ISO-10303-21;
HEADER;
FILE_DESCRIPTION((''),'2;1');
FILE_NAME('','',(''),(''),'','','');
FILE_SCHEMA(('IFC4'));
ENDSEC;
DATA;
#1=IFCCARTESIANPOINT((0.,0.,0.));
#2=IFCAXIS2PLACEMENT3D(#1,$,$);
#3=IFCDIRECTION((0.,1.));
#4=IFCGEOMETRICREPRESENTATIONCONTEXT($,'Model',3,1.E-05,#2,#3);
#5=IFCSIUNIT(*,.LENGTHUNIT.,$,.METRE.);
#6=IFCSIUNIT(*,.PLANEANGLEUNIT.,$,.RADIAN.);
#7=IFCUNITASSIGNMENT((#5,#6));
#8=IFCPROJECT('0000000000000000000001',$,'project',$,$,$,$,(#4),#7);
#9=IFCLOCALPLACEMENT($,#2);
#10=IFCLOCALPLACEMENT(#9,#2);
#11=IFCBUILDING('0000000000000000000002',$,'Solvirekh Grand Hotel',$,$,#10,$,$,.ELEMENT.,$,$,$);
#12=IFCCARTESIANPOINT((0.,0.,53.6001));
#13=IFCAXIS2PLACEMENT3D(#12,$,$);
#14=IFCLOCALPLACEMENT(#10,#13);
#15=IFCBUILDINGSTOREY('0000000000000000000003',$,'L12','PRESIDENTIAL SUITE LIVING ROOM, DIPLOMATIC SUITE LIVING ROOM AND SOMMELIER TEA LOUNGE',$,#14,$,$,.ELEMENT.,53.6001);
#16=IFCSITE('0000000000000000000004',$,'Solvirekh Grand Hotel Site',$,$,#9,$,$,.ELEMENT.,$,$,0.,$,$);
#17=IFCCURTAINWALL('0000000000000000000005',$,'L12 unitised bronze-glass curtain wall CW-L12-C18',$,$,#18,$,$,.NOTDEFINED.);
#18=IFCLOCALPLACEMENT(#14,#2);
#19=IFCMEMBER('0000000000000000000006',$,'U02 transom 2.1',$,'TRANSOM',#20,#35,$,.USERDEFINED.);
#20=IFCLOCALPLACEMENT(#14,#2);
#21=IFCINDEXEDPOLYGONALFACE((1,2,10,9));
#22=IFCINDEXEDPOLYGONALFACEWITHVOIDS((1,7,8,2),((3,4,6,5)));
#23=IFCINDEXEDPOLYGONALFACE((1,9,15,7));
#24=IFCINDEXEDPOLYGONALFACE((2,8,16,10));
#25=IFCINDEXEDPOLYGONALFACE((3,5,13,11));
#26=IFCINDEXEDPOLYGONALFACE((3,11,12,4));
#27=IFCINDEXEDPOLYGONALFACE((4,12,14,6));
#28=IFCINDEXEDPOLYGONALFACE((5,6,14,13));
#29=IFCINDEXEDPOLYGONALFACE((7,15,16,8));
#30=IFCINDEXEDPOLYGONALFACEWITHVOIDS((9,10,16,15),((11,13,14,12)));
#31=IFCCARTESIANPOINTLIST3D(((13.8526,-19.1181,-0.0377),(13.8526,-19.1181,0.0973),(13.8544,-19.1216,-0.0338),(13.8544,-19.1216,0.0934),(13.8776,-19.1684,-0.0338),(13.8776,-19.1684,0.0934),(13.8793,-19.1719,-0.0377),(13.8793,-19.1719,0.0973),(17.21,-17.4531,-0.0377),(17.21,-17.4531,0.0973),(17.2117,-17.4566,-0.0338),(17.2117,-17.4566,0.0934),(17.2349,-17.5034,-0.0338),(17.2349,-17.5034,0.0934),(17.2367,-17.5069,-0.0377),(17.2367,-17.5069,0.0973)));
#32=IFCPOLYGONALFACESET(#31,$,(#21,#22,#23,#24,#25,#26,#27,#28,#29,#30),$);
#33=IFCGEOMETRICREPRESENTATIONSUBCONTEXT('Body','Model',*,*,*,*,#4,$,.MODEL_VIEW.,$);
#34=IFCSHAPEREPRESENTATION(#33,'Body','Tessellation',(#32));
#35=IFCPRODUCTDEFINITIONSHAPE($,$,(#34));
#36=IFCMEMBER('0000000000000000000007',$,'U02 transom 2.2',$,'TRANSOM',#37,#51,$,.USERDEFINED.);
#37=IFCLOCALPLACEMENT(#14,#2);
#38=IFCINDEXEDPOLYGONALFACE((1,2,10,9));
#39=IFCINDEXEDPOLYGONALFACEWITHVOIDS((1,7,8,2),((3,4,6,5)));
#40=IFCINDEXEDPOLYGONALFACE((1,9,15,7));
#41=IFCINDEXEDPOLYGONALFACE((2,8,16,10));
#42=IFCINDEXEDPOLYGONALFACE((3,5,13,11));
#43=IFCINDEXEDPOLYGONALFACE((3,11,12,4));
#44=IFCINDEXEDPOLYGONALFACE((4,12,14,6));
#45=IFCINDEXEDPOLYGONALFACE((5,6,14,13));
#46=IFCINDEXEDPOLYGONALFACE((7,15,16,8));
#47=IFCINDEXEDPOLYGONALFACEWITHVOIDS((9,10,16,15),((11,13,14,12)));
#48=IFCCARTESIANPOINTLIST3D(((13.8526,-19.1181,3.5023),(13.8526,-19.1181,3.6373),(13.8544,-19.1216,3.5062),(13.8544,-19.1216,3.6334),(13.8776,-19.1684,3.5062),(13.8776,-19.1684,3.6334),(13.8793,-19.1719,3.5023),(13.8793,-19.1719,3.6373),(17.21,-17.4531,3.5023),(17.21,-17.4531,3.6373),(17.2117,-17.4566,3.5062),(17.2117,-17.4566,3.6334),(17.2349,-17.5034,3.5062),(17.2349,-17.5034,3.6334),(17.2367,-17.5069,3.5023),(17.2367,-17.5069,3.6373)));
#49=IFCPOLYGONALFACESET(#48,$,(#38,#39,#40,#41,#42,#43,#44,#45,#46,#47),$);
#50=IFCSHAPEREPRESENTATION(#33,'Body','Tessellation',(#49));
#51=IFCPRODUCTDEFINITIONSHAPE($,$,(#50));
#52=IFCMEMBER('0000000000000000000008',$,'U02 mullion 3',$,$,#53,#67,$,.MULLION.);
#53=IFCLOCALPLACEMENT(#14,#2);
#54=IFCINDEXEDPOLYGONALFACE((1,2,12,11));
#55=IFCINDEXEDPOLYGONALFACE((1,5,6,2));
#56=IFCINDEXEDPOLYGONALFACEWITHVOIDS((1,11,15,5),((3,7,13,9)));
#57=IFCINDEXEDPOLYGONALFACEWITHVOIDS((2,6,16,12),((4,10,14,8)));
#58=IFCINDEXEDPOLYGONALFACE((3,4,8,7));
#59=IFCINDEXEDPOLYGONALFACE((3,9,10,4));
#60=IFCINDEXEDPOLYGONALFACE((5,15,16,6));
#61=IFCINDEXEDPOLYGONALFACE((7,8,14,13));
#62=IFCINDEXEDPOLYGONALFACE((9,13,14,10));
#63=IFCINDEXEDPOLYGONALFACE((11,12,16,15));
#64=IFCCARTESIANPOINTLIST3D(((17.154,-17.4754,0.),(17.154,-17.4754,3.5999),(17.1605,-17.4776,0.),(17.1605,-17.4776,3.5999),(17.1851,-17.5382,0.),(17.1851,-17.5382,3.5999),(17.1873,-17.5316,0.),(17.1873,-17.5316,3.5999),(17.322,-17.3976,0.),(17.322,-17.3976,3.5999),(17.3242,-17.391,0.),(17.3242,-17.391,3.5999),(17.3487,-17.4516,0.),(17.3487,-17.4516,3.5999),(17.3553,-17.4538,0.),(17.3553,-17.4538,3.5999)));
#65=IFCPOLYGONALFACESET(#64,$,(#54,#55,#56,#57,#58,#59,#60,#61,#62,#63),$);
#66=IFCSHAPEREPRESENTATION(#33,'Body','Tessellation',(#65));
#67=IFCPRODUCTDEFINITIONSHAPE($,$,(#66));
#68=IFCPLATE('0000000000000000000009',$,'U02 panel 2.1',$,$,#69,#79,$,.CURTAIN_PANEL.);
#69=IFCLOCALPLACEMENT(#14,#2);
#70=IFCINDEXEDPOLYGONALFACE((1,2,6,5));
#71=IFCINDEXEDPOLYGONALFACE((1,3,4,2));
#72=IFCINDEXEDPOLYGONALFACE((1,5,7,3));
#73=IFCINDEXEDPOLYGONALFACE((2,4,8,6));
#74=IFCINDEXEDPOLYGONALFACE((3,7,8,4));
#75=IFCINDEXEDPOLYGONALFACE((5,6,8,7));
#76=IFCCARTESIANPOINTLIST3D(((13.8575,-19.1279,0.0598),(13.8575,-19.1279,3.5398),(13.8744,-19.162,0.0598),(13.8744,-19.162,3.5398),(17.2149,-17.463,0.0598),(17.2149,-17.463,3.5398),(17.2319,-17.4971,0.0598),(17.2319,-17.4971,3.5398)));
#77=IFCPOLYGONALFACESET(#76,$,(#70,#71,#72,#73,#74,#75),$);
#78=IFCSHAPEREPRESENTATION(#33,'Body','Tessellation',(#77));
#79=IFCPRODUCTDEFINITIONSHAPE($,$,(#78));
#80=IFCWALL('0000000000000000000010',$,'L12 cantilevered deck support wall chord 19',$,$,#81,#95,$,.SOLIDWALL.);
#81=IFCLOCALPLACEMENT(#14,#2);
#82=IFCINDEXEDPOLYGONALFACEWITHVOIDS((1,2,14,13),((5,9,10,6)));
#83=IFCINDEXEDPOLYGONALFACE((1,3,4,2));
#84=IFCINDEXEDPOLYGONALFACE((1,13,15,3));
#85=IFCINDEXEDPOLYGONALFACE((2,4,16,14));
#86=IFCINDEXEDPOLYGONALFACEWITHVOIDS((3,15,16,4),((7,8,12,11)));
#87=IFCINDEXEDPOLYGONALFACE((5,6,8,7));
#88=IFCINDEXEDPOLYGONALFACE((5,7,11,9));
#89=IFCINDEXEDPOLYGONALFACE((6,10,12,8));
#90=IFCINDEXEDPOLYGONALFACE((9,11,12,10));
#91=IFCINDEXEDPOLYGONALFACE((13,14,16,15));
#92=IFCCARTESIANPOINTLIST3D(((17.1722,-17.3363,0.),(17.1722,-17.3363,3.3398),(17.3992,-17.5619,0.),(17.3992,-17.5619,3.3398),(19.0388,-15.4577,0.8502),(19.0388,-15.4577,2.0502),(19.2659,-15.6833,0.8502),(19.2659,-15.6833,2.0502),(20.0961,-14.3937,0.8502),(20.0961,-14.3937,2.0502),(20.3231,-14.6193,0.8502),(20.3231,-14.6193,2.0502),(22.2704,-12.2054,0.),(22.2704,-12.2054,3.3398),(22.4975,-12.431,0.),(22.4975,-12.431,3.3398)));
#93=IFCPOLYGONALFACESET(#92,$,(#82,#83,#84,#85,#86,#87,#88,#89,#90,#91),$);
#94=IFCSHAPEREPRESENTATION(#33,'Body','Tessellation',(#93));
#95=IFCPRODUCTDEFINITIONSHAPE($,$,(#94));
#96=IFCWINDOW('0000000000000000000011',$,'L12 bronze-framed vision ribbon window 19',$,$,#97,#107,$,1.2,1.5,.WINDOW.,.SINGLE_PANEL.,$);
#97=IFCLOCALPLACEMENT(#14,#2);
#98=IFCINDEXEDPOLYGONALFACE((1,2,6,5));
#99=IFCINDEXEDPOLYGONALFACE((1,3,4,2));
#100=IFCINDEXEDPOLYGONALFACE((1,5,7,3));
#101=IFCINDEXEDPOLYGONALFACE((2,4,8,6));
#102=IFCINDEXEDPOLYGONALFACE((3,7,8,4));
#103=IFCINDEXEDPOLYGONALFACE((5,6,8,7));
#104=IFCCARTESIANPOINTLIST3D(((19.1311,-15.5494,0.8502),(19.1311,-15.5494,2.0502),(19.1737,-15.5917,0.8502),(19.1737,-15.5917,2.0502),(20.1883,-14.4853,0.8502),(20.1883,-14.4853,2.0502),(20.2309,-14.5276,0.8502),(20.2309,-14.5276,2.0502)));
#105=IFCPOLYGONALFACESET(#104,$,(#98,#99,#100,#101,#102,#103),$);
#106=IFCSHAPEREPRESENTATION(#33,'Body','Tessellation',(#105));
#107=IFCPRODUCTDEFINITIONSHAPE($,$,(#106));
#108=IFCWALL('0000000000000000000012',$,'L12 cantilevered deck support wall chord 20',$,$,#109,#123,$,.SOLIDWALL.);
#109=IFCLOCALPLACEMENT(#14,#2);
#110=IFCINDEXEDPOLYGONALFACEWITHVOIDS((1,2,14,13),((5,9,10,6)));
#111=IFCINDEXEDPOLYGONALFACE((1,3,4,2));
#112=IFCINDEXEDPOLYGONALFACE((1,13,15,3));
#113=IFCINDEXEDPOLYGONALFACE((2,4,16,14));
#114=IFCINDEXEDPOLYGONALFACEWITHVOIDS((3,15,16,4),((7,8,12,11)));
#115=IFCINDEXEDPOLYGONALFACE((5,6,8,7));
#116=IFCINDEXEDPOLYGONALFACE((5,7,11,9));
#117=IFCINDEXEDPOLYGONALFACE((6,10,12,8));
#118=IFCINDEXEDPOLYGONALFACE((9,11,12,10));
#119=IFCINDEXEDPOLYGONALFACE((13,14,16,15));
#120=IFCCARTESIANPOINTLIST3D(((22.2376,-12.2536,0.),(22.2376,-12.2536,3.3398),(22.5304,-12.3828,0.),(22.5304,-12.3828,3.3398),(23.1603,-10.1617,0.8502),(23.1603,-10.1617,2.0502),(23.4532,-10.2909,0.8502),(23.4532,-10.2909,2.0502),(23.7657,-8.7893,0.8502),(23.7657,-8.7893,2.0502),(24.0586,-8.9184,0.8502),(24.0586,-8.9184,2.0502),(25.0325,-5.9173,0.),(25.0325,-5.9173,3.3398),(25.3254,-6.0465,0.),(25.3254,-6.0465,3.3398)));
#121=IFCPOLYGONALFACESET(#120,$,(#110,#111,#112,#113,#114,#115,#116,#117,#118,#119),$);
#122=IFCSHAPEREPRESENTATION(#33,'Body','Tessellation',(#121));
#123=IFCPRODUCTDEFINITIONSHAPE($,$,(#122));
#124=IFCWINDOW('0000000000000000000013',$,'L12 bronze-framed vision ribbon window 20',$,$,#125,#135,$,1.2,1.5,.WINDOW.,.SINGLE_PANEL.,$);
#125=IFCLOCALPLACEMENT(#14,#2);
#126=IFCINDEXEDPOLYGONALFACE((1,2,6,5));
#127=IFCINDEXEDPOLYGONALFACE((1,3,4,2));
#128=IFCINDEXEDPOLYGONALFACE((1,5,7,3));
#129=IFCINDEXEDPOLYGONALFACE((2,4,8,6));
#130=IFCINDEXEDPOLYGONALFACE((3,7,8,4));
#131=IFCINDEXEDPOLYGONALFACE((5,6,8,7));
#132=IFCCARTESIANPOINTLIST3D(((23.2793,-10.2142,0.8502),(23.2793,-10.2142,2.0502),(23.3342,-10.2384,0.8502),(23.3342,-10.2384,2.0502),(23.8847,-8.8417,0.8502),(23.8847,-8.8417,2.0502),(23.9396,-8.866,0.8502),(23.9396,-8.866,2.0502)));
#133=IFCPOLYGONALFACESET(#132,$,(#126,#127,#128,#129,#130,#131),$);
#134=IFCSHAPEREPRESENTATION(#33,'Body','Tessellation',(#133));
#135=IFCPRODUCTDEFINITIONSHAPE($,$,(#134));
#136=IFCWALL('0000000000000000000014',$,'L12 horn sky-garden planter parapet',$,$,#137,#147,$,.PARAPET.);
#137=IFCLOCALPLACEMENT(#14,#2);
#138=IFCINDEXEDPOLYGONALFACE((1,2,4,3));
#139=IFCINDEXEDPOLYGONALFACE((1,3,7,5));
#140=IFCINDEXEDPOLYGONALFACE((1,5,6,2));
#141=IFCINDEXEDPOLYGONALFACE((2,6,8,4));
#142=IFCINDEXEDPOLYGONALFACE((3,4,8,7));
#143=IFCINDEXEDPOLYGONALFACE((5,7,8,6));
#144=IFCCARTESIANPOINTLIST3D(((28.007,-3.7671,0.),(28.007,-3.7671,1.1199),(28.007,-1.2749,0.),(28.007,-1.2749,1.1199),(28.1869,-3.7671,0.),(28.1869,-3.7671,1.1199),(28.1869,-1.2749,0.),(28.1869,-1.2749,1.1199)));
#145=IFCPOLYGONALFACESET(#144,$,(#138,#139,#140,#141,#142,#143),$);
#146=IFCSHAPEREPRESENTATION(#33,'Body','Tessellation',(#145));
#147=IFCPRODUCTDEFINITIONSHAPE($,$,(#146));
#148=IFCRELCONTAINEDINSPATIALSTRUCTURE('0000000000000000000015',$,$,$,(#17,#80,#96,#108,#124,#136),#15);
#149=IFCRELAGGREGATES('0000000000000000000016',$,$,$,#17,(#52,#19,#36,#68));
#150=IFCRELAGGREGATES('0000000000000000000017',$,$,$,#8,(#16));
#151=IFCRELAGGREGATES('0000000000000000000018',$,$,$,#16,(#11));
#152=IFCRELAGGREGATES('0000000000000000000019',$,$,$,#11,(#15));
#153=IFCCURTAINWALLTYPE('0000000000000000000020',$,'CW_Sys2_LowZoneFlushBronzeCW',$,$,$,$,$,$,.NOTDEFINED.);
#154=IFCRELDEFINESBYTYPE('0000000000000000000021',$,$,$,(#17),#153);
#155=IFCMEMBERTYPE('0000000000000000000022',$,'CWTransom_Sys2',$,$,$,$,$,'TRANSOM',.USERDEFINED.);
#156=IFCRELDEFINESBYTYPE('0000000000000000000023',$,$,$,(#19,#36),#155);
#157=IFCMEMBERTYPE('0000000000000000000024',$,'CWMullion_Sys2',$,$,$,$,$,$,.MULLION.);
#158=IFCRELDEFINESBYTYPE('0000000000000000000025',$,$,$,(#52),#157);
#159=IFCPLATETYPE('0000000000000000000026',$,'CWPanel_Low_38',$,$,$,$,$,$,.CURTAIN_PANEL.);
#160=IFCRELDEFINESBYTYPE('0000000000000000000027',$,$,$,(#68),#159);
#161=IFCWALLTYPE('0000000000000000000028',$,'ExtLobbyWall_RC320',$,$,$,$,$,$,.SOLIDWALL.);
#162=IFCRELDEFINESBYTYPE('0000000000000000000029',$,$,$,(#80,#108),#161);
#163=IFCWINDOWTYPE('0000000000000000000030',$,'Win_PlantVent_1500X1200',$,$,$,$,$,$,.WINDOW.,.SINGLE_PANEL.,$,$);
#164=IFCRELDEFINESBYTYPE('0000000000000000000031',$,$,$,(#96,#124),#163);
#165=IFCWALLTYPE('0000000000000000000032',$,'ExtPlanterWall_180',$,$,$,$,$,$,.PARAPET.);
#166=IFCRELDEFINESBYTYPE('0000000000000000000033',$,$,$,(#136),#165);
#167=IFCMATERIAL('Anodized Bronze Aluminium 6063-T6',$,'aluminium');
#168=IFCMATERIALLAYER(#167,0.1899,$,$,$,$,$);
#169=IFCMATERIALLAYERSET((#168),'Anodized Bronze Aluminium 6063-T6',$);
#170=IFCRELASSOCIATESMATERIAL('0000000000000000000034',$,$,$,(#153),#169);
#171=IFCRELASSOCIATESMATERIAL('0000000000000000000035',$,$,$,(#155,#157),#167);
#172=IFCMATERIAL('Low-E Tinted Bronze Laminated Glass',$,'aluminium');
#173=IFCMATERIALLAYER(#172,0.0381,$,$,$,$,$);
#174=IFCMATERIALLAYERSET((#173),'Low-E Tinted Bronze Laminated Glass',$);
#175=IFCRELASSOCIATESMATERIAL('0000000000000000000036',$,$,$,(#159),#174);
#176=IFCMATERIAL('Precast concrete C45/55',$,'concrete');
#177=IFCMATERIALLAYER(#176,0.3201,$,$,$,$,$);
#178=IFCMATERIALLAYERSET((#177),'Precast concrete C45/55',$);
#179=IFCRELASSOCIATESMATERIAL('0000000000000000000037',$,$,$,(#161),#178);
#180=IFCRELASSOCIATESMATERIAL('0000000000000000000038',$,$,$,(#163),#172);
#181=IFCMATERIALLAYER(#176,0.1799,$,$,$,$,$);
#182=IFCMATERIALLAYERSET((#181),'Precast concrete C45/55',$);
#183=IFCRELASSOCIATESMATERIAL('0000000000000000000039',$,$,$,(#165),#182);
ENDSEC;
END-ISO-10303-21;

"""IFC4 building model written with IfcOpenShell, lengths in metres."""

from ifc_helpers import new_model, si_unit, direction, frame, frame_2d, origin, origin_2d, place, context, subcontext, project, spatial, rectangle, hollow_rectangle, extrude, source, transform, mapped, material, layer, layer_set, material_profile, profile_set, type_object, element, fill, aggregate, save


model = new_model("IFC4")

# Units and contexts
model_context = context("Model", 3, precision=1e-05, world=origin(), true_north=direction((0.0, 1.0)))
body_context = subcontext(model_context, "Body", "Model", "MODEL_VIEW")
ifc_project = project(units=[si_unit("LENGTHUNIT", "METRE"), si_unit("PLANEANGLEUNIT", "RADIAN")], contexts=[model_context])

# Site, building, storey
site_placement = place(None, origin())
site = spatial("IfcSite", under=ifc_project, at=site_placement, Name="Solvirekh Grand Hotel Site", CompositionType="ELEMENT", RefElevation=0.0)
building_placement = place(site_placement, origin())
building = spatial("IfcBuilding", under=site, at=building_placement, Name="Solvirekh Grand Hotel", CompositionType="ELEMENT")
storey_placement = place(building_placement, frame((0.0, 0.0, 53.6001)))
storey = spatial("IfcBuildingStorey", under=building, at=storey_placement, Name="L12", Description="PRESIDENTIAL SUITE LIVING ROOM, DIPLOMATIC SUITE LIVING ROOM AND SOMMELIER TEA LOUNGE", CompositionType="ELEMENT", Elevation=53.6001)

# Curtain wall, members, plate
ifc_material_1 = material(Name="Anodized Bronze Aluminium 6063-T6", Category="aluminium")
ifc_layer_1 = layer(ifc_material_1, 0.1899)
ifc_layer_set_1 = layer_set([ifc_layer_1], Name="Anodized Bronze Aluminium 6063-T6")
curtain_wall_type = type_object("IfcCurtainWallType", Name="CW_Sys2_LowZoneFlushBronzeCW", PredefinedType="NOTDEFINED", material=ifc_layer_set_1)
curtain_wall_placement = place(storey_placement, origin())
curtain_wall = element("IfcCurtainWall", 1, at=curtain_wall_placement, inside=storey, type_object=curtain_wall_type, Name="L12 unitised bronze-glass curtain wall CW-L12-C18", PredefinedType="NOTDEFINED")
ifc_material_profile_1 = material_profile(ifc_material_1, hollow_rectangle(XDim=0.0601, YDim=0.135, WallThickness=0.0039, at=origin_2d()), Name="ALU RHS 135X60X4")
ifc_profile_set_1 = profile_set([ifc_material_profile_1], Name="Anodized Bronze Aluminium 6063-T6")
member_type_1 = type_object("IfcMemberType", Name="CWTransom_Sys2", ElementType="TRANSOM", PredefinedType="USERDEFINED", material=ifc_profile_set_1)
shared_shape_1 = source(origin(), body_context, "Body", "SweptSolid", [
    extrude(hollow_rectangle(XDim=0.0601, YDim=0.135, WallThickness=0.0039, at=origin_2d()), origin(), (0.0, 0.0, 1.0), 3.7476),
])
member_1_placement = place(storey_placement, frame((13.866, -19.145, 0.0298), z_axis=(0.895882, 0.444293, 0.0), x_axis=(-0.444293, 0.895882, 0.0)))
member_1 = element("IfcMember", 2, at=member_1_placement, type_object=member_type_1, Name="U02 transom 2.1", ObjectType="TRANSOM", PredefinedType="USERDEFINED", context=body_context, shape_type="MappedRepresentation", body=[
    mapped(shared_shape_1, transform((0.0, 0.0, 0.0), x_axis=(1.0, 0.0, 0.0), y_axis=(0.0, 1.0, 0.0), z_axis=(0.0, 0.0, 1.0), scale=1.0)),
])
member_2_placement = place(storey_placement, frame((13.866, -19.145, 3.5698), z_axis=(0.895882, 0.444293, 0.0), x_axis=(-0.444293, 0.895882, 0.0)))
member_2 = element("IfcMember", 3, at=member_2_placement, type_object=member_type_1, Name="U02 transom 2.2", ObjectType="TRANSOM", PredefinedType="USERDEFINED", context=body_context, shape_type="MappedRepresentation", body=[
    mapped(shared_shape_1, transform((0.0, 0.0, 0.0), x_axis=(1.0, 0.0, 0.0), y_axis=(0.0, 1.0, 0.0), z_axis=(0.0, 0.0, 1.0), scale=1.0)),
])
ifc_material_profile_2 = material_profile(ifc_material_1, hollow_rectangle(XDim=0.0701, YDim=0.1899, WallThickness=0.0049, at=origin_2d()), Name="ALU RHS 190X70X5")
ifc_profile_set_2 = profile_set([ifc_material_profile_2], Name="Anodized Bronze Aluminium 6063-T6")
member_type_2 = type_object("IfcMemberType", Name="CWMullion_Sys2", PredefinedType="MULLION", material=ifc_profile_set_2)
shared_shape_2 = source(origin(), body_context, "Body", "SweptSolid", [
    extrude(hollow_rectangle(XDim=0.0701, YDim=0.1899, WallThickness=0.0049, at=origin_2d()), origin(), (0.0, 0.0, 1.0), 3.5999),
])
member_3_placement = place(storey_placement, frame((17.2546, -17.4646, 0.0), z_axis=(0.0, 0.0, 1.0), x_axis=(-0.444252, 0.895902, 0.0)))
member_3 = element("IfcMember", 4, at=member_3_placement, type_object=member_type_2, Name="U02 mullion 3", PredefinedType="MULLION", context=body_context, shape_type="MappedRepresentation", body=[
    mapped(shared_shape_2, transform((0.0, 0.0, 0.0), x_axis=(1.0, 0.0, 0.0), y_axis=(0.0, 1.0, 0.0), z_axis=(0.0, 0.0, 1.0), scale=1.0)),
])
ifc_material_2 = material(Name="Low-E Tinted Bronze Laminated Glass", Category="aluminium")
ifc_layer_2 = layer(ifc_material_2, 0.0381)
ifc_layer_set_2 = layer_set([ifc_layer_2], Name="Low-E Tinted Bronze Laminated Glass")
plate_type = type_object("IfcPlateType", Name="CWPanel_Low_38", PredefinedType="CURTAIN_PANEL", material=ifc_layer_set_2)
shared_shape_3 = source(origin(), body_context, "Body", "SweptSolid", [
    extrude(rectangle(XDim=3.7476, YDim=0.0381, at=origin_2d()), origin(), (0.0, 0.0, 1.0), 3.48),
])
plate_placement = place(storey_placement, frame((15.5447, -18.3125, 0.0598), z_axis=(0.0, 0.0, 1.0), x_axis=(0.895902, 0.444252, 0.0)))
plate = element("IfcPlate", 5, at=plate_placement, type_object=plate_type, Name="U02 panel 2.1", PredefinedType="CURTAIN_PANEL", context=body_context, shape_type="MappedRepresentation", body=[
    mapped(shared_shape_3, transform((0.0, 0.0, 0.0), x_axis=(1.0, 0.0, 0.0), y_axis=(0.0, 1.0, 0.0), z_axis=(0.0, 0.0, 1.0), scale=1.0)),
])
aggregate(curtain_wall, [member_3, member_1, member_2, plate])

# Walls, openings, windows
ifc_material_3 = material(Name="Precast concrete C45/55", Category="concrete")
ifc_layer_3 = layer(ifc_material_3, 0.3201)
ifc_layer_set_3 = layer_set([ifc_layer_3], Name="Precast concrete C45/55")
wall_type_1 = type_object("IfcWallType", Name="ExtLobbyWall_RC320", PredefinedType="SOLIDWALL", material=ifc_layer_set_3)
wall_1_placement = place(storey_placement, frame((22.384, -12.3181, 0.0), z_axis=(0.0, 0.0, 1.0), x_axis=(-0.704842, -0.709365, 0.0)))
wall_1 = element("IfcWall", 6, at=wall_1_placement, inside=storey, type_object=wall_type_1, Name="L12 cantilevered deck support wall chord 19", PredefinedType="SOLIDWALL", context=body_context, shape_type="SweptSolid", body=[
    extrude(rectangle(XDim=7.2332, YDim=0.3201, at=frame_2d((3.6167, 0.0))), origin(), (0.0, 0.0, 1.0), 3.3398),
])
opening_1_placement = place(wall_1_placement, frame((3.085, 0.0, 0.8501)))
opening_1 = element("IfcOpeningElement", 7, at=opening_1_placement, cuts=wall_1, PredefinedType="OPENING", context=body_context, shape_type="SweptSolid", body=[
    extrude(rectangle(XDim=1.5, YDim=1.2, at=frame_2d((0.75, 0.6001))), frame((0.0, 0.1699, 0.0), z_axis=(0.0, -1.0, 0.0), x_axis=(1.0, 0.0, 0.0)), (0.0, 0.0, 1.0), 0.3401),
])
window_type = type_object("IfcWindowType", Name="Win_PlantVent_1500X1200", PartitioningType="SINGLE_PANEL", PredefinedType="WINDOW", material=ifc_material_2)
window_1_placement = place(opening_1_placement, origin())
window_1 = element("IfcWindow", 8, at=window_1_placement, inside=storey, type_object=window_type, Name="L12 bronze-framed vision ribbon window 19", OverallHeight=1.2, OverallWidth=1.5, PartitioningType="SINGLE_PANEL", PredefinedType="WINDOW", context=body_context, shape_type="SweptSolid", body=[
    extrude(rectangle(XDim=1.5, YDim=1.2, at=frame_2d((0.75, 0.6001))), frame((0.0, 0.03, 0.0), z_axis=(0.0, -1.0, 0.0), x_axis=(1.0, 0.0, 0.0)), (0.0, 0.0, 1.0), 0.0601),
])
fill(opening_1, window_1)
wall_2_placement = place(storey_placement, frame((25.179, -5.9819, 0.0), z_axis=(0.0, 0.0, 1.0), x_axis=(-0.403586, -0.914942, 0.0)))
wall_2 = element("IfcWall", 9, at=wall_2_placement, inside=storey, type_object=wall_type_1, Name="L12 cantilevered deck support wall chord 20", PredefinedType="SOLIDWALL", context=body_context, shape_type="SweptSolid", body=[
    extrude(rectangle(XDim=6.9253, YDim=0.3201, at=frame_2d((3.4626, 0.0))), origin(), (0.0, 0.0, 1.0), 3.3398),
])
opening_2_placement = place(wall_2_placement, frame((3.1389, 0.0, 0.8501)))
opening_2 = element("IfcOpeningElement", 10, at=opening_2_placement, cuts=wall_2, PredefinedType="OPENING", context=body_context, shape_type="SweptSolid", body=[
    extrude(rectangle(XDim=1.5, YDim=1.2, at=frame_2d((0.75, 0.6001))), frame((0.0, 0.1699, 0.0), z_axis=(0.0, -1.0, 0.0), x_axis=(1.0, 0.0, 0.0)), (0.0, 0.0, 1.0), 0.3401),
])
window_2_placement = place(opening_2_placement, origin())
window_2 = element("IfcWindow", 11, at=window_2_placement, inside=storey, type_object=window_type, Name="L12 bronze-framed vision ribbon window 20", OverallHeight=1.2, OverallWidth=1.5, PartitioningType="SINGLE_PANEL", PredefinedType="WINDOW", context=body_context, shape_type="SweptSolid", body=[
    extrude(rectangle(XDim=1.5, YDim=1.2, at=frame_2d((0.75, 0.6001))), frame((0.0, 0.03, 0.0), z_axis=(0.0, -1.0, 0.0), x_axis=(1.0, 0.0, 0.0)), (0.0, 0.0, 1.0), 0.0601),
])
fill(opening_2, window_2)

# Wall
ifc_layer_4 = layer(ifc_material_3, 0.1799)
ifc_layer_set_4 = layer_set([ifc_layer_4], Name="Precast concrete C45/55")
wall_type_2 = type_object("IfcWallType", Name="ExtPlanterWall_180", PredefinedType="PARAPET", material=ifc_layer_set_4)
wall_3_placement = place(storey_placement, frame((28.0969, -3.7671, 0.0), z_axis=(0.0, 0.0, 1.0), x_axis=(0.0, 1.0, 0.0)))
element("IfcWall", 12, at=wall_3_placement, inside=storey, type_object=wall_type_2, Name="L12 horn sky-garden planter parapet", PredefinedType="PARAPET", context=body_context, shape_type="SweptSolid", body=[
    extrude(rectangle(XDim=2.4922, YDim=0.1799, at=frame_2d((1.2461, 0.0))), origin(), (0.0, 0.0, 1.0), 1.1199),
])

save(model, "model.ifc")
